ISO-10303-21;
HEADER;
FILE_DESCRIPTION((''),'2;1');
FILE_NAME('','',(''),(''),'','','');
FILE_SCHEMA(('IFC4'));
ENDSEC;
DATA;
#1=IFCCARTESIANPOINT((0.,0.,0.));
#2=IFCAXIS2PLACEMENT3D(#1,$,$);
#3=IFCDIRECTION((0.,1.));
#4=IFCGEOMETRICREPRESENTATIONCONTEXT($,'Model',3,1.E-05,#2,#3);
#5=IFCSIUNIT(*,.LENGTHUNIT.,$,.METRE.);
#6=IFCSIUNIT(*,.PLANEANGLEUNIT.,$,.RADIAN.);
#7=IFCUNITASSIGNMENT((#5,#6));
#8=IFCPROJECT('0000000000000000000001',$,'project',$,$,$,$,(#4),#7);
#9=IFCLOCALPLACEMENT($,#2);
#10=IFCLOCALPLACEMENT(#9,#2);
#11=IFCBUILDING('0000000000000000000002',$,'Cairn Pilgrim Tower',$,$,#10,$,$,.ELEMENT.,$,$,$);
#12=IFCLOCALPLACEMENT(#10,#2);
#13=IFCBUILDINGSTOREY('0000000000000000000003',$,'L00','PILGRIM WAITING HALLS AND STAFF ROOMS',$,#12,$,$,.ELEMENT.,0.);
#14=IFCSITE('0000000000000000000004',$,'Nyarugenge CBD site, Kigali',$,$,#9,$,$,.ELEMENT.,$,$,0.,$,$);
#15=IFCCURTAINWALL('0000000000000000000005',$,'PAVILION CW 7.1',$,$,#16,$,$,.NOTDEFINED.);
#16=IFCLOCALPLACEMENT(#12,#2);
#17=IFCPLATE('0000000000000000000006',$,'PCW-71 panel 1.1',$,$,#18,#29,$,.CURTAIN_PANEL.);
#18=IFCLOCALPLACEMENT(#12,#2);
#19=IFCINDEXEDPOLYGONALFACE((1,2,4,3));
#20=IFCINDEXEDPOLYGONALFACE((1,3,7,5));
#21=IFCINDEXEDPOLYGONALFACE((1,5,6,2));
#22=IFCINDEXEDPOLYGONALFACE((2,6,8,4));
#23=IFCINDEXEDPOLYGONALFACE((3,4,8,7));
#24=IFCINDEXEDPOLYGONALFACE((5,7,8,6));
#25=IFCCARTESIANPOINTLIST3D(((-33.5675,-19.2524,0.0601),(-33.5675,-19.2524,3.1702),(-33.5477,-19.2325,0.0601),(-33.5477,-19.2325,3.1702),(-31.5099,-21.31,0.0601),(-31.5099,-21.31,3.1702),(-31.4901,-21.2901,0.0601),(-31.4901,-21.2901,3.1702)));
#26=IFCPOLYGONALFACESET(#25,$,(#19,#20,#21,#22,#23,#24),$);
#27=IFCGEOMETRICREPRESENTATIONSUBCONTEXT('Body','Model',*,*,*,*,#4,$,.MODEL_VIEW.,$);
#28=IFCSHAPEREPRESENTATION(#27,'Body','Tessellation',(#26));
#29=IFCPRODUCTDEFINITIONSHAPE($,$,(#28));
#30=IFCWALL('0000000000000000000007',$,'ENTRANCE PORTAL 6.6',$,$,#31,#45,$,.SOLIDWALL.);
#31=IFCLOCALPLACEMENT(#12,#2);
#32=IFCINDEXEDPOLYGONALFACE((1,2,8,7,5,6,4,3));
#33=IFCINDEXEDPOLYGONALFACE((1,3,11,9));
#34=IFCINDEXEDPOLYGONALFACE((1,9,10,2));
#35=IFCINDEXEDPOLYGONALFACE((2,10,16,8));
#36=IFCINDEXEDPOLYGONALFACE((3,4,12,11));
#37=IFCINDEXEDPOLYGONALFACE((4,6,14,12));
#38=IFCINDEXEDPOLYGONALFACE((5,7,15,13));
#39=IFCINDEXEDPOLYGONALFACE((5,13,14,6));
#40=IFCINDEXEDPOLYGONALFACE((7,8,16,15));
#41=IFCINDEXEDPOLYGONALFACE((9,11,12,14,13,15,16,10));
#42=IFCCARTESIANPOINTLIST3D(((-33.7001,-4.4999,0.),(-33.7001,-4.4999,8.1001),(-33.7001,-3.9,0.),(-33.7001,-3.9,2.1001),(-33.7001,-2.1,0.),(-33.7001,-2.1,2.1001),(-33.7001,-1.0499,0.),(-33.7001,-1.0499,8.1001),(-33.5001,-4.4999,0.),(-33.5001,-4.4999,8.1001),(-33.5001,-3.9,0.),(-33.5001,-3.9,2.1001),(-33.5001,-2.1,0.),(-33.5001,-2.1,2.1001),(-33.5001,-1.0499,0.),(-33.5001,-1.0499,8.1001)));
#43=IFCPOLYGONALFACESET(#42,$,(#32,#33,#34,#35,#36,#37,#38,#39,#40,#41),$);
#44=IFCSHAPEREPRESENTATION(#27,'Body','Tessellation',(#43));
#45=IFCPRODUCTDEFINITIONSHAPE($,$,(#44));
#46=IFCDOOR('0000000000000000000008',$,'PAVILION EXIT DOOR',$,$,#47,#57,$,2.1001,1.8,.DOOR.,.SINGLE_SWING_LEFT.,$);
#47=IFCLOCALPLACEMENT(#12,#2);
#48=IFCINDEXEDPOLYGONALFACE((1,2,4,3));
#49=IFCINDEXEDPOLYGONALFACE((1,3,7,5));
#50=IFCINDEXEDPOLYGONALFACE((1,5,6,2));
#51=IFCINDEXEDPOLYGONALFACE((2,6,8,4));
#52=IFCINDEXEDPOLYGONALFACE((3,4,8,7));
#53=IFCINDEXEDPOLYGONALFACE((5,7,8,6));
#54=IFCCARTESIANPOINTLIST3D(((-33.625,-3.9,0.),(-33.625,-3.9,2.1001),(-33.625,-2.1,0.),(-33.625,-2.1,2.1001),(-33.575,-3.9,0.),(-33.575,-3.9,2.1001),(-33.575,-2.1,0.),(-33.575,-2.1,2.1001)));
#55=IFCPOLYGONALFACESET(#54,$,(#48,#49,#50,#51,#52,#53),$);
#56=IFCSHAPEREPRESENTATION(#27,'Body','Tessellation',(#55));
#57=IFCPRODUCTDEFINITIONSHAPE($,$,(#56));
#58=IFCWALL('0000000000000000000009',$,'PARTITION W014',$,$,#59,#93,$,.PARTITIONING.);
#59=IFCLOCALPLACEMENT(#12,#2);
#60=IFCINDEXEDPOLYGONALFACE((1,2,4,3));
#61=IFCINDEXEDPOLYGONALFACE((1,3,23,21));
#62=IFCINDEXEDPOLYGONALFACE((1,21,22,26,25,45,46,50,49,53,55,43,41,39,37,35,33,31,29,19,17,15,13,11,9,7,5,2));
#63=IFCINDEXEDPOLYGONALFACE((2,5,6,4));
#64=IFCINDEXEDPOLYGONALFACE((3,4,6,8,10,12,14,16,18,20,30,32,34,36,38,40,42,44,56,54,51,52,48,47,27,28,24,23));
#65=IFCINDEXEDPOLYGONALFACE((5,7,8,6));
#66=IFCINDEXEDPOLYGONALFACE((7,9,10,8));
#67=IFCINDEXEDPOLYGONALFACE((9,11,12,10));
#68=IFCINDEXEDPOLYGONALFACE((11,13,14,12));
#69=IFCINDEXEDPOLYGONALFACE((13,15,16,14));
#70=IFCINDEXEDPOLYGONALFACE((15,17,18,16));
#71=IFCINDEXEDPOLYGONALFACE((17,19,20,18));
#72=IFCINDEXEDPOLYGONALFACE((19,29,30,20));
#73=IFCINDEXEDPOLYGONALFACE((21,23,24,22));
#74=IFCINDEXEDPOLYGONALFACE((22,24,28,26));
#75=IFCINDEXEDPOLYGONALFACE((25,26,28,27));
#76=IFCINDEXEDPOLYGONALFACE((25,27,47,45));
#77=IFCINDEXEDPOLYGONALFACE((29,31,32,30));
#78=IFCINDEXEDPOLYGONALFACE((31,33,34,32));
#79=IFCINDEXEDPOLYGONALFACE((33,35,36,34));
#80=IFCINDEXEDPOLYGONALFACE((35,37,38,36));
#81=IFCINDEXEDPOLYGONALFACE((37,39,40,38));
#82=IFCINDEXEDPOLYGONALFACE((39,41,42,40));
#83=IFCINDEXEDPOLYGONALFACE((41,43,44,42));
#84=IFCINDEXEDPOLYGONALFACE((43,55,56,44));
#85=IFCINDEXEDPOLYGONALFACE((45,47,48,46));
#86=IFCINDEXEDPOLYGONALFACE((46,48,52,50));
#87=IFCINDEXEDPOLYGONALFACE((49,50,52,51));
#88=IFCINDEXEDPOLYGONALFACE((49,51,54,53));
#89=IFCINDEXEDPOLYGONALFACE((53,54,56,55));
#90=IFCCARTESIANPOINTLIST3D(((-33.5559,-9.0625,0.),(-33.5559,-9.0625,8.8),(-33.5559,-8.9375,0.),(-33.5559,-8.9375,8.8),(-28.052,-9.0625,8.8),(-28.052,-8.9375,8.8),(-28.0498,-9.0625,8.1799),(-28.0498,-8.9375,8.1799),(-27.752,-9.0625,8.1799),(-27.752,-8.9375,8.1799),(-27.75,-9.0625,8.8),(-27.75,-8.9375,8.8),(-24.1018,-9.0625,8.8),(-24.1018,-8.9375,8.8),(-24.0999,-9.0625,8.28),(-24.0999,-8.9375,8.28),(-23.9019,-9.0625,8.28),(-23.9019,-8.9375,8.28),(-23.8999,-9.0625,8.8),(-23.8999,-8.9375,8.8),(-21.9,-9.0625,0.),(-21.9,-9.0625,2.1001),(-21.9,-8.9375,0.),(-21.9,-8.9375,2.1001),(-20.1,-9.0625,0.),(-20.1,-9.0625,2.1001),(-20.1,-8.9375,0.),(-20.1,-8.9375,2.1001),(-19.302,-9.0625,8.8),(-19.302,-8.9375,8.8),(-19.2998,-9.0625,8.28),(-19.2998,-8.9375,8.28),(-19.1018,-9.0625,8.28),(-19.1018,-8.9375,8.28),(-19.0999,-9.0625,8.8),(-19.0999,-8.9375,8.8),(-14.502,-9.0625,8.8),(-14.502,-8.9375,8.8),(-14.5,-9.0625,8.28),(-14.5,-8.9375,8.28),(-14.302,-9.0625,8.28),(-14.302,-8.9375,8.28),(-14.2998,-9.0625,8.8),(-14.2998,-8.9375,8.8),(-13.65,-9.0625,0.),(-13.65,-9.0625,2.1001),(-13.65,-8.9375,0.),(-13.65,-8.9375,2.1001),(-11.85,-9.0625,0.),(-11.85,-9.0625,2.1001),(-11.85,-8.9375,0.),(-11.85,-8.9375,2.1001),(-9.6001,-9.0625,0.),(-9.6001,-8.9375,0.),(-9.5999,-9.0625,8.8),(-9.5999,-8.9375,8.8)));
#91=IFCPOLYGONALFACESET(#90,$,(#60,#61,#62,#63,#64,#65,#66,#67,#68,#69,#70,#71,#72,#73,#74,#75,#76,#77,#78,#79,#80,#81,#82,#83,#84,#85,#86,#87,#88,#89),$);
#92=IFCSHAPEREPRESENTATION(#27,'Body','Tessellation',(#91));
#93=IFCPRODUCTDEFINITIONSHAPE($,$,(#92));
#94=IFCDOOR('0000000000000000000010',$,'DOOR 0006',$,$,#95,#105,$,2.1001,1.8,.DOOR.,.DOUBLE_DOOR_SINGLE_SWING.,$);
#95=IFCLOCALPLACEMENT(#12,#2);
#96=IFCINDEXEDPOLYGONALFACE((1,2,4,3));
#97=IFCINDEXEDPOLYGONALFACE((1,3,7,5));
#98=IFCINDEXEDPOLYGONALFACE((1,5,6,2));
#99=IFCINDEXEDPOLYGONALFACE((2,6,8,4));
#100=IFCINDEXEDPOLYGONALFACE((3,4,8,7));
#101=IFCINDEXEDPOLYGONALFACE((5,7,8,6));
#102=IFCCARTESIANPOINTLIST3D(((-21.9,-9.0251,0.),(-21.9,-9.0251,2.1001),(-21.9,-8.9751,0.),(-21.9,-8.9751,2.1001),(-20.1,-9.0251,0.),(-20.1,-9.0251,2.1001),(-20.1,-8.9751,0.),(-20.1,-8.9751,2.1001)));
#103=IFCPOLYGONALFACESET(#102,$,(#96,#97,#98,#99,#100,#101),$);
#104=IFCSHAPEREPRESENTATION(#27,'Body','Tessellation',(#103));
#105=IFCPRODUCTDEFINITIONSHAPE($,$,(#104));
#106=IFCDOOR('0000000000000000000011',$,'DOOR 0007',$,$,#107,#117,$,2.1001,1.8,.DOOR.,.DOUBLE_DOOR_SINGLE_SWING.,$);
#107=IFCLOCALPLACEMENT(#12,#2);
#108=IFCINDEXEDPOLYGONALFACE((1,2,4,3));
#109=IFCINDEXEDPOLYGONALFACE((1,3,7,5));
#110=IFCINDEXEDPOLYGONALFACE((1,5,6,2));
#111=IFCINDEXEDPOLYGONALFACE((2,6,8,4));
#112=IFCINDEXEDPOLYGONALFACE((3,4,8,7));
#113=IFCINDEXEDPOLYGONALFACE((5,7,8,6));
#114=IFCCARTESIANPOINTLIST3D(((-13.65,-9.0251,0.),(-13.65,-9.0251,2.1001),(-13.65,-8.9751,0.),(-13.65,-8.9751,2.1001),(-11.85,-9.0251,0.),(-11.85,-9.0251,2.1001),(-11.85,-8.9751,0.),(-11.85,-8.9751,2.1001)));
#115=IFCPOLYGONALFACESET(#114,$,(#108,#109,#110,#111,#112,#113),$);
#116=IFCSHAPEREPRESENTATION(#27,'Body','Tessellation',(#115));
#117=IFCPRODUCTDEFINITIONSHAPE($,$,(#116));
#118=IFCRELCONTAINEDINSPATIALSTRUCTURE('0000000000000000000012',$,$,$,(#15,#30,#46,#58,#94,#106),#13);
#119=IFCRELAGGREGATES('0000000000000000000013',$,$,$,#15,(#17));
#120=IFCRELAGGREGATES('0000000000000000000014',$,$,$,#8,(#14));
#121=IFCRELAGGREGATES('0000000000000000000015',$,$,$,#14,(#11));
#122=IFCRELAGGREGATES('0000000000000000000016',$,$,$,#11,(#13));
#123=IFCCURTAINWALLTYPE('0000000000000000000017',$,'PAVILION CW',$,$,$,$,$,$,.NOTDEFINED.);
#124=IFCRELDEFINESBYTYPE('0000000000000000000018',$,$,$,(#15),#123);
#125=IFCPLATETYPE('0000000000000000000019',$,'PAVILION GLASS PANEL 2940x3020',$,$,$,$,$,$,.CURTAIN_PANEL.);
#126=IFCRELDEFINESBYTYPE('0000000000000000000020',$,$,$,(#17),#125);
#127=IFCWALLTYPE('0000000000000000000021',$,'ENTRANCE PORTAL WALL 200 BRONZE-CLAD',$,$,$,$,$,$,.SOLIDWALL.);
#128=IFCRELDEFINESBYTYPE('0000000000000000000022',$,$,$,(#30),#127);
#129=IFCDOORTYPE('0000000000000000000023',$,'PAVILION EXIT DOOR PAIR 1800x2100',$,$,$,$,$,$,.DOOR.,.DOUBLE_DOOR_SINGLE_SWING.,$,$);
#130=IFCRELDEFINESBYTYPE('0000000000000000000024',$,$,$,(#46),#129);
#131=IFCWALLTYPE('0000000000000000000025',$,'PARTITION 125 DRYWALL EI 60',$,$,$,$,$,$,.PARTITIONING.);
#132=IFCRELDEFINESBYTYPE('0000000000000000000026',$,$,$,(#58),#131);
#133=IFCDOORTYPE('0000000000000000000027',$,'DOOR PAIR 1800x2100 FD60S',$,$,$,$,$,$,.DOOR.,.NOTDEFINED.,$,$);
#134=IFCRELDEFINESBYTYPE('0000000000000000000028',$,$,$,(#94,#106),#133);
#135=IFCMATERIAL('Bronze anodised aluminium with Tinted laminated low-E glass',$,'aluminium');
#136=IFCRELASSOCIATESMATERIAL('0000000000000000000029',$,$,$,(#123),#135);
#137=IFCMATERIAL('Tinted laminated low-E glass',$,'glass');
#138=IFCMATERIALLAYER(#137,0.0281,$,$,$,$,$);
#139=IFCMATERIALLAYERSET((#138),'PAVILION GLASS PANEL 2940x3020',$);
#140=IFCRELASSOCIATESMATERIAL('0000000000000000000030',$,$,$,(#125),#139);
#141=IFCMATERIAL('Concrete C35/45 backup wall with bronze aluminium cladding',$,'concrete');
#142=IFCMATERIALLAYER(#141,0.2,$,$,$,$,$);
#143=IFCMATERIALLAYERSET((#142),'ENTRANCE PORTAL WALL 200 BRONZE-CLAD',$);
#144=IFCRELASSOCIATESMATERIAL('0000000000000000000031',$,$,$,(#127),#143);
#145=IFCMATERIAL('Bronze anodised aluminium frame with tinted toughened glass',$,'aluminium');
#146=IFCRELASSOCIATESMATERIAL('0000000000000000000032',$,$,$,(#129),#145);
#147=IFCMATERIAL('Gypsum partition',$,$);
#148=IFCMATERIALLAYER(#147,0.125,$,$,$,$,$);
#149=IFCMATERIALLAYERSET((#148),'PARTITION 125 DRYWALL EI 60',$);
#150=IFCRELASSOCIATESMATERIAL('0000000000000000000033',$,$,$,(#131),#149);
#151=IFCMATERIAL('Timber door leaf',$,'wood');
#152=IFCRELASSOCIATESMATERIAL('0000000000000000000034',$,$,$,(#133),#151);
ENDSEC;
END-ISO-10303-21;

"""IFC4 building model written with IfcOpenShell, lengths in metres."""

from ifc_helpers import new_model, si_unit, direction, frame, frame_2d, origin, origin_2d, place, context, subcontext, project, spatial, polyline, rectangle, outline, extrude, material, layer, layer_set, type_object, element, fill, aggregate, save


model = new_model("IFC4")

# Units and contexts
model_context = context("Model", 3, precision=1e-05, world=origin(), true_north=direction((0.0, 1.0)))
body_context = subcontext(model_context, "Body", "Model", "MODEL_VIEW")
ifc_project = project(units=[si_unit("LENGTHUNIT", "METRE"), si_unit("PLANEANGLEUNIT", "RADIAN")], contexts=[model_context])

# Site, building, storey
site_placement = place(None, origin())
site = spatial("IfcSite", under=ifc_project, at=site_placement, Name="Nyarugenge CBD site, Kigali", CompositionType="ELEMENT", RefElevation=0.0)
building_placement = place(site_placement, origin())
building = spatial("IfcBuilding", under=site, at=building_placement, Name="Cairn Pilgrim Tower", CompositionType="ELEMENT")
storey_placement = place(building_placement, origin())
storey = spatial("IfcBuildingStorey", under=building, at=storey_placement, Name="L00", Description="PILGRIM WAITING HALLS AND STAFF ROOMS", CompositionType="ELEMENT", Elevation=0.0)

# Shared definitions
ifc_material_1 = material(Name="Bronze anodised aluminium with Tinted laminated low-E glass", Category="aluminium")
curtain_wall_type = type_object("IfcCurtainWallType", Name="PAVILION CW", PredefinedType="NOTDEFINED", material=ifc_material_1)

# Curtain wall
curtain_wall_1_placement = place(storey_placement, origin())
curtain_wall_1 = element("IfcCurtainWall", 1, at=curtain_wall_1_placement, inside=storey, type_object=curtain_wall_type, Name="PAVILION CW 7.1", PredefinedType="NOTDEFINED")

# Plate
ifc_material_2 = material(Name="Tinted laminated low-E glass", Category="glass")
ifc_layer_1 = layer(ifc_material_2, 0.0281)
ifc_layer_set_1 = layer_set([ifc_layer_1], Name="PAVILION GLASS PANEL 2940x3020")
plate_type_1 = type_object("IfcPlateType", Name="PAVILION GLASS PANEL 2940x3020", PredefinedType="CURTAIN_PANEL", material=ifc_layer_set_1)
plate_1_placement = place(storey_placement, frame((-32.5288, -20.2712, 0.0601), z_axis=(0.0, 0.0, 1.0), x_axis=(0.707107, -0.707107, 0.0)))
plate_1 = element("IfcPlate", 2, at=plate_1_placement, type_object=plate_type_1, Name="PCW-71 panel 1.1", PredefinedType="CURTAIN_PANEL", context=body_context, shape_type="SweptSolid", body=[
    extrude(rectangle(XDim=2.9099, YDim=0.0281, at=origin_2d()), origin(), (0.0, 0.0, 1.0), 3.1101),
])
aggregate(curtain_wall_1, [plate_1])

# Wall, opening, door
ifc_material_3 = material(Name="Concrete C35/45 backup wall with bronze aluminium cladding", Category="concrete")
ifc_layer_2 = layer(ifc_material_3, 0.2)
ifc_layer_set_2 = layer_set([ifc_layer_2], Name="ENTRANCE PORTAL WALL 200 BRONZE-CLAD")
wall_type_1 = type_object("IfcWallType", Name="ENTRANCE PORTAL WALL 200 BRONZE-CLAD", PredefinedType="SOLIDWALL", material=ifc_layer_set_2)
wall_1_placement = place(storey_placement, frame((-33.6001, -4.5, 0.0), z_axis=(0.0, 0.0, 1.0), x_axis=(0.0, 1.0, 0.0)))
wall_1 = element("IfcWall", 3, at=wall_1_placement, inside=storey, type_object=wall_type_1, Name="ENTRANCE PORTAL 6.6", PredefinedType="SOLIDWALL", context=body_context, shape_type="SweptSolid", body=[
    extrude(rectangle(XDim=3.45, YDim=0.2, at=frame_2d((1.7251, 0.0))), origin(), (0.0, 0.0, 1.0), 8.1001),
])
opening_1_placement = place(wall_1_placement, frame((0.6001, 0.0, 0.0)))
opening_1 = element("IfcOpeningElement", 4, at=opening_1_placement, cuts=wall_1, PredefinedType="OPENING", context=body_context, shape_type="SweptSolid", body=[
    extrude(rectangle(XDim=1.8, YDim=2.1001, at=frame_2d((0.8999, 1.05))), frame((0.0, 0.1099, 0.0), z_axis=(0.0, -1.0, 0.0), x_axis=(1.0, 0.0, 0.0)), (0.0, 0.0, 1.0), 0.22),
])
ifc_material_4 = material(Name="Bronze anodised aluminium frame with tinted toughened glass", Category="aluminium")
door_type_1 = type_object("IfcDoorType", Name="PAVILION EXIT DOOR PAIR 1800x2100", OperationType="DOUBLE_DOOR_SINGLE_SWING", PredefinedType="DOOR", material=ifc_material_4)
door_1_placement = place(opening_1_placement, origin())
door_1 = element("IfcDoor", 5, at=door_1_placement, inside=storey, type_object=door_type_1, Name="PAVILION EXIT DOOR", OperationType="SINGLE_SWING_LEFT", OverallHeight=2.1001, OverallWidth=1.8, PredefinedType="DOOR", context=body_context, shape_type="SweptSolid", body=[
    extrude(rectangle(XDim=1.8, YDim=2.1001, at=frame_2d((0.8999, 1.05))), frame((0.0, 0.0249, 0.0), z_axis=(0.0, -1.0, 0.0), x_axis=(1.0, 0.0, 0.0)), (0.0, 0.0, 1.0), 0.05),
])
fill(opening_1, door_1)

# Wall, openings, doors
ifc_material_5 = material(Name="Gypsum partition")
ifc_layer_3 = layer(ifc_material_5, 0.125)
ifc_layer_set_3 = layer_set([ifc_layer_3], Name="PARTITION 125 DRYWALL EI 60")
wall_type_2 = type_object("IfcWallType", Name="PARTITION 125 DRYWALL EI 60", PredefinedType="PARTITIONING", material=ifc_layer_set_3)
wall_2_placement = place(storey_placement, frame((-33.5559, -9.0, 0.0), z_axis=(0.0, 0.0, 1.0), x_axis=(1.0, 0.0, 0.0)))
wall_2 = element("IfcWall", 6, at=wall_2_placement, inside=storey, type_object=wall_type_2, Name="PARTITION W014", PredefinedType="PARTITIONING", context=body_context, shape_type="SweptSolid", body=[
    extrude(outline(polyline([(0.0, 0.0), (23.9558, 0.0), (23.9561, 8.8), (19.2561, 8.8), (19.2539, 8.28), (19.0559, 8.28), (19.054, 8.8), (14.4561, 8.8), (14.4541, 8.28), (14.2561, 8.28), (14.2539, 8.8), (9.656, 8.8), (9.6541, 8.28), (9.4561, 8.28), (9.4541, 8.8), (5.8059, 8.8), (5.804, 8.1799), (5.5061, 8.1799), (5.5039, 8.8), (0.0, 8.8), (0.0, 0.0)])), frame((0.0, 0.0625, 0.0), z_axis=(0.0, -1.0, 0.0), x_axis=(1.0, 0.0, 0.0)), (0.0, 0.0, 1.0), 0.125),
])
opening_2_placement = place(wall_2_placement, frame((11.656, 0.0, 0.0)))
opening_2 = element("IfcOpeningElement", 7, at=opening_2_placement, cuts=wall_2, PredefinedType="OPENING", context=body_context, shape_type="SweptSolid", body=[
    extrude(rectangle(XDim=1.8, YDim=2.1001, at=frame_2d((0.8999, 1.05))), frame((0.0, 0.0725, 0.0), z_axis=(0.0, -1.0, 0.0), x_axis=(1.0, 0.0, 0.0)), (0.0, 0.0, 1.0), 0.145),
])
opening_3_placement = place(wall_2_placement, frame((19.906, 0.0, 0.0)))
opening_3 = element("IfcOpeningElement", 8, at=opening_3_placement, cuts=wall_2, PredefinedType="OPENING", context=body_context, shape_type="SweptSolid", body=[
    extrude(rectangle(XDim=1.8, YDim=2.1001, at=frame_2d((0.8999, 1.05))), frame((0.0, 0.0725, 0.0), z_axis=(0.0, -1.0, 0.0), x_axis=(1.0, 0.0, 0.0)), (0.0, 0.0, 1.0), 0.145),
])
ifc_material_6 = material(Name="Timber door leaf", Category="wood")
door_type_2 = type_object("IfcDoorType", Name="DOOR PAIR 1800x2100 FD60S", OperationType="NOTDEFINED", PredefinedType="DOOR", material=ifc_material_6)
door_2_placement = place(opening_2_placement, origin())
door_2 = element("IfcDoor", 9, at=door_2_placement, inside=storey, type_object=door_type_2, Name="DOOR 0006", OperationType="DOUBLE_DOOR_SINGLE_SWING", OverallHeight=2.1001, OverallWidth=1.8, PredefinedType="DOOR", context=body_context, shape_type="SweptSolid", body=[
    extrude(rectangle(XDim=1.8, YDim=2.1001, at=frame_2d((0.8999, 1.05))), frame((0.0, 0.0249, 0.0), z_axis=(0.0, -1.0, 0.0), x_axis=(1.0, 0.0, 0.0)), (0.0, 0.0, 1.0), 0.05),
])
fill(opening_2, door_2)
door_3_placement = place(opening_3_placement, origin())
door_3 = element("IfcDoor", 10, at=door_3_placement, inside=storey, type_object=door_type_2, Name="DOOR 0007", OperationType="DOUBLE_DOOR_SINGLE_SWING", OverallHeight=2.1001, OverallWidth=1.8, PredefinedType="DOOR", context=body_context, shape_type="SweptSolid", body=[
    extrude(rectangle(XDim=1.8, YDim=2.1001, at=frame_2d((0.8999, 1.05))), frame((0.0, 0.0249, 0.0), z_axis=(0.0, -1.0, 0.0), x_axis=(1.0, 0.0, 0.0)), (0.0, 0.0, 1.0), 0.05),
])
fill(opening_3, door_3)

save(model, "model.ifc")
